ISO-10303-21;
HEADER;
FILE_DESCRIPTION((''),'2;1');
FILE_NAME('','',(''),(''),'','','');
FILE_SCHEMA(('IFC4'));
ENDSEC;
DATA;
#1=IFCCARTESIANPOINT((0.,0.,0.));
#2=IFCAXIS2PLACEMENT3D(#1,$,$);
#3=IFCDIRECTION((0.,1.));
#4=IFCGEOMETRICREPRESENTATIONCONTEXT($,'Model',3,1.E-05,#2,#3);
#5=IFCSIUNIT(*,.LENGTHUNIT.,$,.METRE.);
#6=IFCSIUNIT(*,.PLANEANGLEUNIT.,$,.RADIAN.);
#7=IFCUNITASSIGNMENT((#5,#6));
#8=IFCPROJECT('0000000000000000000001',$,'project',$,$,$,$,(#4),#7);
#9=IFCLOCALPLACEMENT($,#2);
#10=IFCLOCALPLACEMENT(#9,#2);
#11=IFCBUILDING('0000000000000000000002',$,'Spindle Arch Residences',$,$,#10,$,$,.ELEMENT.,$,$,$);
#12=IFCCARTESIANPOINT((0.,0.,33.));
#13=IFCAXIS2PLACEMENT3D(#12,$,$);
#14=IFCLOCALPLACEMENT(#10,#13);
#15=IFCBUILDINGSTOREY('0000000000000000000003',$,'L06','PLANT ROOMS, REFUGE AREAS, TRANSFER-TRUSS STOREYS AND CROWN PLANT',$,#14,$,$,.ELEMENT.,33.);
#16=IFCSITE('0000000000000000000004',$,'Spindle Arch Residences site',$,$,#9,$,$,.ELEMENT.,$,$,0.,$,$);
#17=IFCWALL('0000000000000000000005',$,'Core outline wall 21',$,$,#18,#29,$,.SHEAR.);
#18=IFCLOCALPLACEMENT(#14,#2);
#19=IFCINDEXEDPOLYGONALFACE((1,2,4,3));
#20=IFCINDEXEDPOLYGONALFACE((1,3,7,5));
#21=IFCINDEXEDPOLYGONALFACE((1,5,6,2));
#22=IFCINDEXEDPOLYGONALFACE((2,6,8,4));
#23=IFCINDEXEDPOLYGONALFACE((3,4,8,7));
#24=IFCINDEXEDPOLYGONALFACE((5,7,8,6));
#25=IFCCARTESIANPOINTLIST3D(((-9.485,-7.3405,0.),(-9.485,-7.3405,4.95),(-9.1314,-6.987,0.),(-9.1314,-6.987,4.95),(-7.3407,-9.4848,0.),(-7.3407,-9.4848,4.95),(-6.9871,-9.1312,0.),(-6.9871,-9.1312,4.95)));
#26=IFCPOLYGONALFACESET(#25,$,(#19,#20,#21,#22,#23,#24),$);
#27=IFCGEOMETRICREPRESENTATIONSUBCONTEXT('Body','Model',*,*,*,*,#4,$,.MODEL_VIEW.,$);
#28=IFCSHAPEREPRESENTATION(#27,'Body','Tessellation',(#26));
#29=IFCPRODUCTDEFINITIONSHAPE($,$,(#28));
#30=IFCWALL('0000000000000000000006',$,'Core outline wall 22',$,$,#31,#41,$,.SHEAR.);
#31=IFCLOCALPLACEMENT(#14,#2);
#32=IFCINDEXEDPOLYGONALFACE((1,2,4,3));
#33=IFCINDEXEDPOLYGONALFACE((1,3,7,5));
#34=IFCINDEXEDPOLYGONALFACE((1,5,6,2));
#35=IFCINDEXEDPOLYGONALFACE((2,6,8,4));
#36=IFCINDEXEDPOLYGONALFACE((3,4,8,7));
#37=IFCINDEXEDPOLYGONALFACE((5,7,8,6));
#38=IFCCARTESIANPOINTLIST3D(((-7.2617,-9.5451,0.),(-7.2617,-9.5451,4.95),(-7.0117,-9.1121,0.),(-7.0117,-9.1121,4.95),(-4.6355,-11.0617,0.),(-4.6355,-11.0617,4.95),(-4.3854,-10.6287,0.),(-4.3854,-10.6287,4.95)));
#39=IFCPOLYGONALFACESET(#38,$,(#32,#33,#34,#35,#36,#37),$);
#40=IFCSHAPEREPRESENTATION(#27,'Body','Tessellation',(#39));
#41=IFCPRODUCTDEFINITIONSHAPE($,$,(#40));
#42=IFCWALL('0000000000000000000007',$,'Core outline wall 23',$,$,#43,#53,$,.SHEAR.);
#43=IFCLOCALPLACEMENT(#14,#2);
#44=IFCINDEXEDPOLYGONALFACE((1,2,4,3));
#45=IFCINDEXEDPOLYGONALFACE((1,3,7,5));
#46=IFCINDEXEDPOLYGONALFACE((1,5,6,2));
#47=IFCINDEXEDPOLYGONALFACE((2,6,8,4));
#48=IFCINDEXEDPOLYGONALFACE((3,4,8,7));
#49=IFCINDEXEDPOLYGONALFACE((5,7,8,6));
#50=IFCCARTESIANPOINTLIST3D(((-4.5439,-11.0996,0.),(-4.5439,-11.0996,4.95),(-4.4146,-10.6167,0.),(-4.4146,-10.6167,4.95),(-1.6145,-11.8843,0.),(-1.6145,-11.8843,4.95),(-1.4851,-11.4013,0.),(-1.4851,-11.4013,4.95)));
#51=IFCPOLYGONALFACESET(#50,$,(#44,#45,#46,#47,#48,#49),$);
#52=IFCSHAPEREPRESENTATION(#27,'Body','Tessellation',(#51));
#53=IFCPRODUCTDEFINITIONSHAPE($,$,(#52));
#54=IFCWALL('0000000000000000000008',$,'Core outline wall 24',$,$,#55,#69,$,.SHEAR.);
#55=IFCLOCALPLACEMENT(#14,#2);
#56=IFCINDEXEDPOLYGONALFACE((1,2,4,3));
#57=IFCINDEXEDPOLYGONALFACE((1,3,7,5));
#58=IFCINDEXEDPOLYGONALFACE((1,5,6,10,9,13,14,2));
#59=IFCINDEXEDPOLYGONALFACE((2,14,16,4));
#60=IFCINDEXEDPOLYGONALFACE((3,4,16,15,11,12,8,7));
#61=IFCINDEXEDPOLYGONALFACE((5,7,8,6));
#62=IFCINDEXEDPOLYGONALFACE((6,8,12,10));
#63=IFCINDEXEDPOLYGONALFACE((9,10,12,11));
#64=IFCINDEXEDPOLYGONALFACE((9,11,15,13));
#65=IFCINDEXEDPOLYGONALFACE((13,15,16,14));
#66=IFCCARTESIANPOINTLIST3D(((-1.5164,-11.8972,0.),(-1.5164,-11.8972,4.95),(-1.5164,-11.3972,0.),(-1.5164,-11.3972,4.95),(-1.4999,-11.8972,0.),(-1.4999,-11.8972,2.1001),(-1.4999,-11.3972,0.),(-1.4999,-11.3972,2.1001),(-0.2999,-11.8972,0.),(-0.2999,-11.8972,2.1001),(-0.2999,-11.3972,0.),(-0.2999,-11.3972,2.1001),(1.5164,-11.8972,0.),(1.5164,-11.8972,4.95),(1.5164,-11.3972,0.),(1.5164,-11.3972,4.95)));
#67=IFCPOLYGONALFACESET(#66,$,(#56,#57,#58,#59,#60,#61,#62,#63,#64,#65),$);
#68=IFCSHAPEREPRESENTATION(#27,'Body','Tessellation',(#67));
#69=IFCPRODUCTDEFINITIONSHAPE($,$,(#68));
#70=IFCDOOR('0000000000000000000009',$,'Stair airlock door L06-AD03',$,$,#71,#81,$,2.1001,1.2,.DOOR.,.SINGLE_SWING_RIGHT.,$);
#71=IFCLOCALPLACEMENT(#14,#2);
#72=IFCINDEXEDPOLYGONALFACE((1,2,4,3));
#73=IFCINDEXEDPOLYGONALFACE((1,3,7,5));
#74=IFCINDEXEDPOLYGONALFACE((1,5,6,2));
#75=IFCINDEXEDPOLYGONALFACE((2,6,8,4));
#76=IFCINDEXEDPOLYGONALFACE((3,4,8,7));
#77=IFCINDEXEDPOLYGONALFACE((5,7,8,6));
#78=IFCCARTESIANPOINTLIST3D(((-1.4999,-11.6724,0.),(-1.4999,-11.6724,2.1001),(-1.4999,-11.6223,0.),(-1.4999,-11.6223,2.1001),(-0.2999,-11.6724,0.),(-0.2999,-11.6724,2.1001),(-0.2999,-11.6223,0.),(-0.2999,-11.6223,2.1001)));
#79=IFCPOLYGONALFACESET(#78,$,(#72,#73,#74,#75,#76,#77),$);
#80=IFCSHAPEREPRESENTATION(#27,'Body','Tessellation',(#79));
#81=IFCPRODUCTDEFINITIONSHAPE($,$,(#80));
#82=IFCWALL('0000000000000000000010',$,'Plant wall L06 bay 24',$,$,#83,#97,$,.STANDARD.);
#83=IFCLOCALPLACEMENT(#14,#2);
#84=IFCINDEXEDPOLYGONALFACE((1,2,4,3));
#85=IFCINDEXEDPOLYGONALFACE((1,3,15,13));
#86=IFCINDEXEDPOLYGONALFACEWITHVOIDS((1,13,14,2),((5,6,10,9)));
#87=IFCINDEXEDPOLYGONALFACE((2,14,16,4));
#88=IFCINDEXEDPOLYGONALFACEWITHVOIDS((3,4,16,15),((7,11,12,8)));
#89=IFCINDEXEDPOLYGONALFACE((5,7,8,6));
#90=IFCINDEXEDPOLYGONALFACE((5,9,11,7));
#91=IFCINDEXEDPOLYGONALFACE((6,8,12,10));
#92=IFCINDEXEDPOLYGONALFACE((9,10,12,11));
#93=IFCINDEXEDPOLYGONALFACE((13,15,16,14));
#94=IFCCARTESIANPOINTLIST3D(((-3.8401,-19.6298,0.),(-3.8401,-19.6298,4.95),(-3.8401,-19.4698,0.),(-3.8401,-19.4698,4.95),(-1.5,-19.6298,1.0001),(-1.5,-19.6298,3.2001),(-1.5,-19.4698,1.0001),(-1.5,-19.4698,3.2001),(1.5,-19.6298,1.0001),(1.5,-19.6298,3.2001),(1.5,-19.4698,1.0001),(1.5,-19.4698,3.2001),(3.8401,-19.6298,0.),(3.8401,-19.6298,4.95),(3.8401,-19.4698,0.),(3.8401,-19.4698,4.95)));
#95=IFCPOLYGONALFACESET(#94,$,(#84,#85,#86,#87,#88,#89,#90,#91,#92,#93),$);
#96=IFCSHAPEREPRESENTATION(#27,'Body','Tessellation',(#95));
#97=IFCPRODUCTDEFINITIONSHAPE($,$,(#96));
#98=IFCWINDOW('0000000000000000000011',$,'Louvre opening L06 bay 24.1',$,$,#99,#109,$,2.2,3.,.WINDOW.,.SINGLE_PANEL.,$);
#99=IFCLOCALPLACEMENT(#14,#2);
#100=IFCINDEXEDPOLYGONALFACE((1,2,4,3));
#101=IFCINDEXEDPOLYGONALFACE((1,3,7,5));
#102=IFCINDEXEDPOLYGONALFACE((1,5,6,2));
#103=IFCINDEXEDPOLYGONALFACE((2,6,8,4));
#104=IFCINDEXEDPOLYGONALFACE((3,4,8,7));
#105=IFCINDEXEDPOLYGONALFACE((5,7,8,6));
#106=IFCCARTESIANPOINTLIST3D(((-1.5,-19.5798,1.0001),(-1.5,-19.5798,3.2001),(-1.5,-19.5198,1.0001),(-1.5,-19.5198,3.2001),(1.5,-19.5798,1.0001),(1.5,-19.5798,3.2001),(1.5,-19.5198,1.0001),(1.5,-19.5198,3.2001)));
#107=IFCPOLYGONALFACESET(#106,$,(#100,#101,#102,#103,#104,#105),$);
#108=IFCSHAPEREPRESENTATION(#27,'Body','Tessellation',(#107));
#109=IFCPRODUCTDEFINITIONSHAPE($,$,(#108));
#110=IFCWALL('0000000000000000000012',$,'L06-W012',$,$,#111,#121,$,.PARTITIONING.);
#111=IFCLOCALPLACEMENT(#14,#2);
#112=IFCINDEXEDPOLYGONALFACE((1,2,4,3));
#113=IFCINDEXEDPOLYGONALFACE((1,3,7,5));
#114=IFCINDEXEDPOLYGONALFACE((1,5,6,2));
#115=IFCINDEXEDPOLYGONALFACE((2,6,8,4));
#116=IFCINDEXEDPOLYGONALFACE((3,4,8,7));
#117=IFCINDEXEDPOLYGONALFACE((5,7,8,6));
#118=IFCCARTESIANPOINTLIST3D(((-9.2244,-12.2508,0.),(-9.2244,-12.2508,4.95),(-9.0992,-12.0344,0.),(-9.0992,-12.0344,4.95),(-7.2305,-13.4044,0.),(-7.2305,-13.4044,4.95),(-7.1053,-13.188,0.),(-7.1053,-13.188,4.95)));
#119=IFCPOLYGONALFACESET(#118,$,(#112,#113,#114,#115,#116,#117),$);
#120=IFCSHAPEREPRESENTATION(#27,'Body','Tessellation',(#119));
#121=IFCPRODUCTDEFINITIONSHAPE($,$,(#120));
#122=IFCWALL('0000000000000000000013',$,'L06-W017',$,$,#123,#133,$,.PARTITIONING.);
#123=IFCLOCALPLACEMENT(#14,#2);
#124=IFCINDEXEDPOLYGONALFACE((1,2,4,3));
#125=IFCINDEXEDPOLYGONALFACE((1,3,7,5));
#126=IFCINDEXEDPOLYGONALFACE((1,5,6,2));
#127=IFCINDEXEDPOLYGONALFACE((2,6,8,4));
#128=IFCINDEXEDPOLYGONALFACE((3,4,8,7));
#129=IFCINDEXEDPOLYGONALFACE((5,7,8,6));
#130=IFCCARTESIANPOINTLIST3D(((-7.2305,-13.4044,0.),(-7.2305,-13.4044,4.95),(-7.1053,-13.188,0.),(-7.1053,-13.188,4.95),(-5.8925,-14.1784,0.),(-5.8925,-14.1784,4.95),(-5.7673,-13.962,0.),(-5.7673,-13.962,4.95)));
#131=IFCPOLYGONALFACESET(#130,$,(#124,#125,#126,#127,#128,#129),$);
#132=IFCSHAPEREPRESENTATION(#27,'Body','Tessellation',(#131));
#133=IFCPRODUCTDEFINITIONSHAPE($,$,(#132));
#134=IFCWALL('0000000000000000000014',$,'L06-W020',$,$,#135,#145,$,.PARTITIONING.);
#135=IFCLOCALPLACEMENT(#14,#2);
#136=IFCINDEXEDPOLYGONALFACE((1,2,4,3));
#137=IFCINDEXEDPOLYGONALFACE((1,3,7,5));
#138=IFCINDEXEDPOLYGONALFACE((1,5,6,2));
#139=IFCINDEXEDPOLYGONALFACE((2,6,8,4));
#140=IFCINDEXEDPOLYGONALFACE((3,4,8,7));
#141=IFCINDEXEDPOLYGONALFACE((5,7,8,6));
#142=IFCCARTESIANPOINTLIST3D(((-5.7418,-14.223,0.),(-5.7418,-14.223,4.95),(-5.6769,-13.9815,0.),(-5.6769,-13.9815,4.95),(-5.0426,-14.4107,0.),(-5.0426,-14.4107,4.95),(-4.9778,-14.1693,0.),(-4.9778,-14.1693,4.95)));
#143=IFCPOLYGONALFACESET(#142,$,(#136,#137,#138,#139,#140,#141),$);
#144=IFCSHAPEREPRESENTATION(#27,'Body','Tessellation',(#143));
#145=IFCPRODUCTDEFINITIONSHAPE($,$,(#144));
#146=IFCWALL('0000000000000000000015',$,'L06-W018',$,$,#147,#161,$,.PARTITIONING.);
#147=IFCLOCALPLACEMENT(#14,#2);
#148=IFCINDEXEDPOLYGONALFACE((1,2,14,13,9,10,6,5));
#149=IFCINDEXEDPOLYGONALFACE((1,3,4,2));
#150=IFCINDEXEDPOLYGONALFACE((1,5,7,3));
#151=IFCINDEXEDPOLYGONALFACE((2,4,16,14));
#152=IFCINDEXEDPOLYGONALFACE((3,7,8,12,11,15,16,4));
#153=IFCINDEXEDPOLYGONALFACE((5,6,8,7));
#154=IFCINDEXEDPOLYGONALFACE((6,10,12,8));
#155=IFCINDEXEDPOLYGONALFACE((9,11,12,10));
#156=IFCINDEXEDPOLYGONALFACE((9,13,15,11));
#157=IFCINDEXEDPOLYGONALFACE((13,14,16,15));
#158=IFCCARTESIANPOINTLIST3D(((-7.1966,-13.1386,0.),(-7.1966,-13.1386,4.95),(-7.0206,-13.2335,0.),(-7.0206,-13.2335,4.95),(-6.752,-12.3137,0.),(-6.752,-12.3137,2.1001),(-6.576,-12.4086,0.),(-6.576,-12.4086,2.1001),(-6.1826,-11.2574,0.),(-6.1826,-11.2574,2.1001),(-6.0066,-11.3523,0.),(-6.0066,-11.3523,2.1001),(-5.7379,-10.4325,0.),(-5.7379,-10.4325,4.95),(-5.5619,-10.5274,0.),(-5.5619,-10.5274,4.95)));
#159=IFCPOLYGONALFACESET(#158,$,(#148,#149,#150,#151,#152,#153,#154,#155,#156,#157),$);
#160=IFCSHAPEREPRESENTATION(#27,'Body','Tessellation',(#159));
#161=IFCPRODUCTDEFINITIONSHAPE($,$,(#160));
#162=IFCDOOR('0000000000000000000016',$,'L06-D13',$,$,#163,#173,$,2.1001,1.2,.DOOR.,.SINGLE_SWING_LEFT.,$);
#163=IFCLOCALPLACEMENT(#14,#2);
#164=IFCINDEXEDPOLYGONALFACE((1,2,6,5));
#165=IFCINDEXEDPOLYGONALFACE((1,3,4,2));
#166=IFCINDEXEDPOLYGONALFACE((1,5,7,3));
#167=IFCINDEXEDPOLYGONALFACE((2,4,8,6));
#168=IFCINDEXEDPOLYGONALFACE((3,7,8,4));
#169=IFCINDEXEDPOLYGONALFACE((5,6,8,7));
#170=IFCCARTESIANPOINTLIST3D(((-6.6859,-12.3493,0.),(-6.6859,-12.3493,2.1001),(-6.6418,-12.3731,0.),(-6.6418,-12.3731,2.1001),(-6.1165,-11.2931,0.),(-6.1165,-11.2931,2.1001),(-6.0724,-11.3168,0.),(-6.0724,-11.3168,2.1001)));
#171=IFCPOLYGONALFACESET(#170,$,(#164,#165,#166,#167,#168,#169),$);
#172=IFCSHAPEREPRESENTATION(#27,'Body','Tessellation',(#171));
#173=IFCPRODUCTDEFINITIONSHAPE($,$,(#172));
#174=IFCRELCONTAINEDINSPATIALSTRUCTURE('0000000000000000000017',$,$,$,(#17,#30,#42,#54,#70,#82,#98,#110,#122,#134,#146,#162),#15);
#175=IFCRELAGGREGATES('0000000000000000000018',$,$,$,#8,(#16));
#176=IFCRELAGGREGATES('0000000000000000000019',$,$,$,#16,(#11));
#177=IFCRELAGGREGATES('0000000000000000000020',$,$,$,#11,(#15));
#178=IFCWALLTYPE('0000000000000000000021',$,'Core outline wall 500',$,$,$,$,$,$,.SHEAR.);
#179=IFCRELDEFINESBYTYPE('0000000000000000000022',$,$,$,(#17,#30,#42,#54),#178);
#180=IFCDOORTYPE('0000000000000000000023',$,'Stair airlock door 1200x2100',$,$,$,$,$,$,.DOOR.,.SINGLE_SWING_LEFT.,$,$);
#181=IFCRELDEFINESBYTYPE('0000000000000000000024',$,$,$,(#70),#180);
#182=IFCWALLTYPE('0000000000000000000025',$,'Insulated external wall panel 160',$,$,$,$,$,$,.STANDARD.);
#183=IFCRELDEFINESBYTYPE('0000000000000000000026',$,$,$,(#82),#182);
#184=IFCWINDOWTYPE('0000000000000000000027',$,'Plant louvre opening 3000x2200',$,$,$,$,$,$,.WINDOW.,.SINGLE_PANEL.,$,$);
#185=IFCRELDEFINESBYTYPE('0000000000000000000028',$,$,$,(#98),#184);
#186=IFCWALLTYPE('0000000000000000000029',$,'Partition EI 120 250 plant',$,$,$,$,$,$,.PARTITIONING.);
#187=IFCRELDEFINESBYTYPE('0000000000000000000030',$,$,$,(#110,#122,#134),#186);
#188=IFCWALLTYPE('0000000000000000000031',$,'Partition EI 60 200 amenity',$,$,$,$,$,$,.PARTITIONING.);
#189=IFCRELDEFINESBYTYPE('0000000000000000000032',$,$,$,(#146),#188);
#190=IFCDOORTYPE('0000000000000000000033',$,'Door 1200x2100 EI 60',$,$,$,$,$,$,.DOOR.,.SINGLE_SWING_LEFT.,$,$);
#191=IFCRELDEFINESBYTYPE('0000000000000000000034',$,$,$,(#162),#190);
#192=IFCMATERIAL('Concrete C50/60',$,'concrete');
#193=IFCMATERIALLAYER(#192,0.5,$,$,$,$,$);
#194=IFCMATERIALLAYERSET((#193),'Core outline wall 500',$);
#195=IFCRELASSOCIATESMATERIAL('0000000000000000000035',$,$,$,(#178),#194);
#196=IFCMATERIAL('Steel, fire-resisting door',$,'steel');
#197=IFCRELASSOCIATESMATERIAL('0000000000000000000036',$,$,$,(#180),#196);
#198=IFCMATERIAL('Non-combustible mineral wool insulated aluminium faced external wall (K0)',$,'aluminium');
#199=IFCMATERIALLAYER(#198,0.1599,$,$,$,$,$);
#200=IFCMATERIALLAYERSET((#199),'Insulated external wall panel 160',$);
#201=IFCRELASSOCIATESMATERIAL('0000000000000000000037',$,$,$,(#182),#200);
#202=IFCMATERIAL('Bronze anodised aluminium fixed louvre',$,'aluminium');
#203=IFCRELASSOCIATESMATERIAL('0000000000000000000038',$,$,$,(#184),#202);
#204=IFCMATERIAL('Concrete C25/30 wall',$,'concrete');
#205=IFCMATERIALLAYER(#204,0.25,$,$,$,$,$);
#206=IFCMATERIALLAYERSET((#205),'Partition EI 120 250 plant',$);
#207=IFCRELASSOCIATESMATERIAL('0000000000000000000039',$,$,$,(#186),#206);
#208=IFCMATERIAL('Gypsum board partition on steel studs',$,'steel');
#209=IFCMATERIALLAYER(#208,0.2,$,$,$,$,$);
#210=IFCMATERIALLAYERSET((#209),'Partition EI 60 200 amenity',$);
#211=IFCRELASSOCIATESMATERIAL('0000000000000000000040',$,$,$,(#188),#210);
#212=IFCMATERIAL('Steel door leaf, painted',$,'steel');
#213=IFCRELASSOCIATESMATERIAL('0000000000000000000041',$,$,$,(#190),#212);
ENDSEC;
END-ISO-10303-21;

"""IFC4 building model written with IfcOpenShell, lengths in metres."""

from ifc_helpers import new_model, si_unit, direction, frame, frame_2d, origin, place, context, subcontext, project, spatial, rectangle, extrude, material, layer, layer_set, type_object, element, fill, save


model = new_model("IFC4")

# Units and contexts
model_context = context("Model", 3, precision=1e-05, world=origin(), true_north=direction((0.0, 1.0)))
body_context = subcontext(model_context, "Body", "Model", "MODEL_VIEW")
ifc_project = project(units=[si_unit("LENGTHUNIT", "METRE"), si_unit("PLANEANGLEUNIT", "RADIAN")], contexts=[model_context])

# Site, building, storey
site_placement = place(None, origin())
site = spatial("IfcSite", under=ifc_project, at=site_placement, Name="Spindle Arch Residences site", CompositionType="ELEMENT", RefElevation=0.0)
building_placement = place(site_placement, origin())
building = spatial("IfcBuilding", under=site, at=building_placement, Name="Spindle Arch Residences", CompositionType="ELEMENT")
storey_placement = place(building_placement, frame((0.0, 0.0, 33.0)))
storey = spatial("IfcBuildingStorey", under=building, at=storey_placement, Name="L06", Description="PLANT ROOMS, REFUGE AREAS, TRANSFER-TRUSS STOREYS AND CROWN PLANT", CompositionType="ELEMENT", Elevation=33.0)

# Walls
ifc_material_1 = material(Name="Concrete C50/60", Category="concrete")
ifc_layer_1 = layer(ifc_material_1, 0.5)
ifc_layer_set_1 = layer_set([ifc_layer_1], Name="Core outline wall 500")
wall_type_1 = type_object("IfcWallType", Name="Core outline wall 500", PredefinedType="SHEAR", material=ifc_layer_set_1)
wall_1_placement = place(storey_placement, frame((-9.3081, -7.1638, 0.0), z_axis=(0.0, 0.0, 1.0), x_axis=(0.707107, -0.707107, 0.0)))
element("IfcWall", 1, at=wall_1_placement, inside=storey, type_object=wall_type_1, Name="Core outline wall 21", PredefinedType="SHEAR", context=body_context, shape_type="SweptSolid", body=[
    extrude(rectangle(XDim=3.0325, YDim=0.5, at=frame_2d((1.5161, 0.0))), origin(), (0.0, 0.0, 1.0), 4.95),
])
for number, where, z_axis, x_axis, name in (
    (2, (-7.1367, -9.3286, 0.0), (0.0, 0.0, 1.0), (0.865975, -0.500087, 0.0), "Core outline wall 22"),
    (3, (-4.4792, -10.8582, 0.0), (0.0, 0.0, 1.0), (0.965948, -0.258735, 0.0), "Core outline wall 23"),
):
    element("IfcWall", number, at=place(storey_placement, frame(where, z_axis=z_axis, x_axis=x_axis)), inside=storey, type_object=wall_type_1, Name=name, PredefinedType="SHEAR", context=body_context, shape_type="SweptSolid", body=[
        extrude(rectangle(XDim=3.0327, YDim=0.5, at=frame_2d((1.5164, 0.0))), origin(), (0.0, 0.0, 1.0), 4.95),
    ])

# Wall, opening, door
wall_2_placement = place(storey_placement, frame((-1.5164, -11.6472, 0.0), z_axis=(0.0, 0.0, 1.0), x_axis=(1.0, 0.0, 0.0)))
wall_2 = element("IfcWall", 4, at=wall_2_placement, inside=storey, type_object=wall_type_1, Name="Core outline wall 24", PredefinedType="SHEAR", context=body_context, shape_type="SweptSolid", body=[
    extrude(rectangle(XDim=3.0327, YDim=0.5, at=frame_2d((1.5164, 0.0))), origin(), (0.0, 0.0, 1.0), 4.95),
])
opening_1_placement = place(wall_2_placement, frame((0.0164, 0.0, 0.0)))
opening_1 = element("IfcOpeningElement", 5, at=opening_1_placement, cuts=wall_2, PredefinedType="OPENING", context=body_context, shape_type="SweptSolid", body=[
    extrude(rectangle(XDim=1.2, YDim=2.1001, at=frame_2d((0.6001, 1.05))), frame((0.0, 0.26, 0.0), z_axis=(0.0, -1.0, 0.0), x_axis=(1.0, 0.0, 0.0)), (0.0, 0.0, 1.0), 0.52),
])
ifc_material_2 = material(Name="Steel, fire-resisting door", Category="steel")
door_type_1 = type_object("IfcDoorType", Name="Stair airlock door 1200x2100", OperationType="SINGLE_SWING_LEFT", PredefinedType="DOOR", material=ifc_material_2)
door_1_placement = place(opening_1_placement, origin())
door_1 = element("IfcDoor", 6, at=door_1_placement, inside=storey, type_object=door_type_1, Name="Stair airlock door L06-AD03", OperationType="SINGLE_SWING_RIGHT", OverallHeight=2.1001, OverallWidth=1.2, PredefinedType="DOOR", context=body_context, shape_type="SweptSolid", body=[
    extrude(rectangle(XDim=1.2, YDim=2.1001, at=frame_2d((0.6001, 1.05))), frame((0.0, 0.0249, 0.0), z_axis=(0.0, -1.0, 0.0), x_axis=(1.0, 0.0, 0.0)), (0.0, 0.0, 1.0), 0.05),
])
fill(opening_1, door_1)

# Wall, opening, window
ifc_material_3 = material(Name="Non-combustible mineral wool insulated aluminium faced external wall (K0)", Category="aluminium")
ifc_layer_2 = layer(ifc_material_3, 0.1599)
ifc_layer_set_2 = layer_set([ifc_layer_2], Name="Insulated external wall panel 160")
wall_type_2 = type_object("IfcWallType", Name="Insulated external wall panel 160", PredefinedType="STANDARD", material=ifc_layer_set_2)
wall_3_placement = place(storey_placement, frame((-3.8401, -19.5498, 0.0), z_axis=(0.0, 0.0, 1.0), x_axis=(1.0, 0.0, 0.0)))
wall_3 = element("IfcWall", 7, at=wall_3_placement, inside=storey, type_object=wall_type_2, Name="Plant wall L06 bay 24", PredefinedType="STANDARD", context=body_context, shape_type="SweptSolid", body=[
    extrude(rectangle(XDim=7.6802, YDim=0.1599, at=frame_2d((3.8401, 0.0))), origin(), (0.0, 0.0, 1.0), 4.95),
])
opening_2_placement = place(wall_3_placement, frame((2.3401, 0.0, 1.0)))
opening_2 = element("IfcOpeningElement", 8, at=opening_2_placement, cuts=wall_3, PredefinedType="OPENING", context=body_context, shape_type="SweptSolid", body=[
    extrude(rectangle(XDim=3.0, YDim=2.2, at=frame_2d((1.5, 1.1001))), frame((0.0, 0.0898, 0.0), z_axis=(0.0, -1.0, 0.0), x_axis=(1.0, 0.0, 0.0)), (0.0, 0.0, 1.0), 0.1799),
])
ifc_material_4 = material(Name="Bronze anodised aluminium fixed louvre", Category="aluminium")
window_type = type_object("IfcWindowType", Name="Plant louvre opening 3000x2200", PartitioningType="SINGLE_PANEL", PredefinedType="WINDOW", material=ifc_material_4)
window_placement = place(opening_2_placement, origin())
window = element("IfcWindow", 9, at=window_placement, inside=storey, type_object=window_type, Name="Louvre opening L06 bay 24.1", OverallHeight=2.2, OverallWidth=3.0, PartitioningType="SINGLE_PANEL", PredefinedType="WINDOW", context=body_context, shape_type="SweptSolid", body=[
    extrude(rectangle(XDim=3.0, YDim=2.2, at=frame_2d((1.5, 1.1001))), frame((0.0, 0.03, 0.0), z_axis=(0.0, -1.0, 0.0), x_axis=(1.0, 0.0, 0.0)), (0.0, 0.0, 1.0), 0.0601),
])
fill(opening_2, window)

# Walls
ifc_material_5 = material(Name="Concrete C25/30 wall", Category="concrete")
ifc_layer_3 = layer(ifc_material_5, 0.25)
ifc_layer_set_3 = layer_set([ifc_layer_3], Name="Partition EI 120 250 plant")
wall_type_3 = type_object("IfcWallType", Name="Partition EI 120 250 plant", PredefinedType="PARTITIONING", material=ifc_layer_set_3)
wall_4_placement = place(storey_placement, frame((-9.1619, -12.1426, 0.0), z_axis=(0.0, 0.0, 1.0), x_axis=(0.865576, -0.500777, 0.0)))
element("IfcWall", 10, at=wall_4_placement, inside=storey, type_object=wall_type_3, Name="L06-W012", PredefinedType="PARTITIONING", context=body_context, shape_type="SweptSolid", body=[
    extrude(rectangle(XDim=2.3035, YDim=0.25, at=frame_2d((1.1519, 0.0))), origin(), (0.0, 0.0, 1.0), 4.95),
])
wall_5_placement = place(storey_placement, frame((-7.168, -13.2961, 0.0), z_axis=(0.0, 0.0, 1.0), x_axis=(0.865606, -0.500725, 0.0)))
element("IfcWall", 11, at=wall_5_placement, inside=storey, type_object=wall_type_3, Name="L06-W017", PredefinedType="PARTITIONING", context=body_context, shape_type="SweptSolid", body=[
    extrude(rectangle(XDim=1.5457, YDim=0.25, at=frame_2d((0.7729, 0.0))), origin(), (0.0, 0.0, 1.0), 4.95),
])
wall_6_placement = place(storey_placement, frame((-5.7092, -14.1023, 0.0), z_axis=(0.0, 0.0, 1.0), x_axis=(0.965791, -0.25932, 0.0)))
element("IfcWall", 12, at=wall_6_placement, inside=storey, type_object=wall_type_3, Name="L06-W020", PredefinedType="PARTITIONING", context=body_context, shape_type="SweptSolid", body=[
    extrude(rectangle(XDim=0.7239, YDim=0.25, at=frame_2d((0.3618, 0.0))), origin(), (0.0, 0.0, 1.0), 4.95),
])

# Wall, opening, door
ifc_material_6 = material(Name="Gypsum board partition on steel studs", Category="steel")
ifc_layer_4 = layer(ifc_material_6, 0.2)
ifc_layer_set_4 = layer_set([ifc_layer_4], Name="Partition EI 60 200 amenity")
wall_type_4 = type_object("IfcWallType", Name="Partition EI 60 200 amenity", PredefinedType="PARTITIONING", material=ifc_layer_set_4)
wall_7_placement = place(storey_placement, frame((-7.1086, -13.186, 0.0), z_axis=(0.0, 0.0, 1.0), x_axis=(0.474512, 0.880249, 0.0)))
wall_7 = element("IfcWall", 13, at=wall_7_placement, inside=storey, type_object=wall_type_4, Name="L06-W018", PredefinedType="PARTITIONING", context=body_context, shape_type="SweptSolid", body=[
    extrude(rectangle(XDim=3.0742, YDim=0.2, at=frame_2d((1.5371, 0.0))), origin(), (0.0, 0.0, 1.0), 4.95),
])
opening_3_placement = place(wall_7_placement, frame((0.937, 0.0, 0.0)))
opening_3 = element("IfcOpeningElement", 14, at=opening_3_placement, cuts=wall_7, PredefinedType="OPENING", context=body_context, shape_type="SweptSolid", body=[
    extrude(rectangle(XDim=1.2, YDim=2.1001, at=frame_2d((0.6001, 1.05))), frame((0.0, 0.1099, 0.0), z_axis=(0.0, -1.0, 0.0), x_axis=(1.0, 0.0, 0.0)), (0.0, 0.0, 1.0), 0.22),
])
ifc_material_7 = material(Name="Steel door leaf, painted", Category="steel")
door_type_2 = type_object("IfcDoorType", Name="Door 1200x2100 EI 60", OperationType="SINGLE_SWING_LEFT", PredefinedType="DOOR", material=ifc_material_7)
door_2_placement = place(opening_3_placement, origin())
door_2 = element("IfcDoor", 15, at=door_2_placement, inside=storey, type_object=door_type_2, Name="L06-D13", OperationType="SINGLE_SWING_LEFT", OverallHeight=2.1001, OverallWidth=1.2, PredefinedType="DOOR", context=body_context, shape_type="SweptSolid", body=[
    extrude(rectangle(XDim=1.2, YDim=2.1001, at=frame_2d((0.6001, 1.05))), frame((0.0, 0.0249, 0.0), z_axis=(0.0, -1.0, 0.0), x_axis=(1.0, 0.0, 0.0)), (0.0, 0.0, 1.0), 0.05),
])
fill(opening_3, door_2)

save(model, "model.ifc")
